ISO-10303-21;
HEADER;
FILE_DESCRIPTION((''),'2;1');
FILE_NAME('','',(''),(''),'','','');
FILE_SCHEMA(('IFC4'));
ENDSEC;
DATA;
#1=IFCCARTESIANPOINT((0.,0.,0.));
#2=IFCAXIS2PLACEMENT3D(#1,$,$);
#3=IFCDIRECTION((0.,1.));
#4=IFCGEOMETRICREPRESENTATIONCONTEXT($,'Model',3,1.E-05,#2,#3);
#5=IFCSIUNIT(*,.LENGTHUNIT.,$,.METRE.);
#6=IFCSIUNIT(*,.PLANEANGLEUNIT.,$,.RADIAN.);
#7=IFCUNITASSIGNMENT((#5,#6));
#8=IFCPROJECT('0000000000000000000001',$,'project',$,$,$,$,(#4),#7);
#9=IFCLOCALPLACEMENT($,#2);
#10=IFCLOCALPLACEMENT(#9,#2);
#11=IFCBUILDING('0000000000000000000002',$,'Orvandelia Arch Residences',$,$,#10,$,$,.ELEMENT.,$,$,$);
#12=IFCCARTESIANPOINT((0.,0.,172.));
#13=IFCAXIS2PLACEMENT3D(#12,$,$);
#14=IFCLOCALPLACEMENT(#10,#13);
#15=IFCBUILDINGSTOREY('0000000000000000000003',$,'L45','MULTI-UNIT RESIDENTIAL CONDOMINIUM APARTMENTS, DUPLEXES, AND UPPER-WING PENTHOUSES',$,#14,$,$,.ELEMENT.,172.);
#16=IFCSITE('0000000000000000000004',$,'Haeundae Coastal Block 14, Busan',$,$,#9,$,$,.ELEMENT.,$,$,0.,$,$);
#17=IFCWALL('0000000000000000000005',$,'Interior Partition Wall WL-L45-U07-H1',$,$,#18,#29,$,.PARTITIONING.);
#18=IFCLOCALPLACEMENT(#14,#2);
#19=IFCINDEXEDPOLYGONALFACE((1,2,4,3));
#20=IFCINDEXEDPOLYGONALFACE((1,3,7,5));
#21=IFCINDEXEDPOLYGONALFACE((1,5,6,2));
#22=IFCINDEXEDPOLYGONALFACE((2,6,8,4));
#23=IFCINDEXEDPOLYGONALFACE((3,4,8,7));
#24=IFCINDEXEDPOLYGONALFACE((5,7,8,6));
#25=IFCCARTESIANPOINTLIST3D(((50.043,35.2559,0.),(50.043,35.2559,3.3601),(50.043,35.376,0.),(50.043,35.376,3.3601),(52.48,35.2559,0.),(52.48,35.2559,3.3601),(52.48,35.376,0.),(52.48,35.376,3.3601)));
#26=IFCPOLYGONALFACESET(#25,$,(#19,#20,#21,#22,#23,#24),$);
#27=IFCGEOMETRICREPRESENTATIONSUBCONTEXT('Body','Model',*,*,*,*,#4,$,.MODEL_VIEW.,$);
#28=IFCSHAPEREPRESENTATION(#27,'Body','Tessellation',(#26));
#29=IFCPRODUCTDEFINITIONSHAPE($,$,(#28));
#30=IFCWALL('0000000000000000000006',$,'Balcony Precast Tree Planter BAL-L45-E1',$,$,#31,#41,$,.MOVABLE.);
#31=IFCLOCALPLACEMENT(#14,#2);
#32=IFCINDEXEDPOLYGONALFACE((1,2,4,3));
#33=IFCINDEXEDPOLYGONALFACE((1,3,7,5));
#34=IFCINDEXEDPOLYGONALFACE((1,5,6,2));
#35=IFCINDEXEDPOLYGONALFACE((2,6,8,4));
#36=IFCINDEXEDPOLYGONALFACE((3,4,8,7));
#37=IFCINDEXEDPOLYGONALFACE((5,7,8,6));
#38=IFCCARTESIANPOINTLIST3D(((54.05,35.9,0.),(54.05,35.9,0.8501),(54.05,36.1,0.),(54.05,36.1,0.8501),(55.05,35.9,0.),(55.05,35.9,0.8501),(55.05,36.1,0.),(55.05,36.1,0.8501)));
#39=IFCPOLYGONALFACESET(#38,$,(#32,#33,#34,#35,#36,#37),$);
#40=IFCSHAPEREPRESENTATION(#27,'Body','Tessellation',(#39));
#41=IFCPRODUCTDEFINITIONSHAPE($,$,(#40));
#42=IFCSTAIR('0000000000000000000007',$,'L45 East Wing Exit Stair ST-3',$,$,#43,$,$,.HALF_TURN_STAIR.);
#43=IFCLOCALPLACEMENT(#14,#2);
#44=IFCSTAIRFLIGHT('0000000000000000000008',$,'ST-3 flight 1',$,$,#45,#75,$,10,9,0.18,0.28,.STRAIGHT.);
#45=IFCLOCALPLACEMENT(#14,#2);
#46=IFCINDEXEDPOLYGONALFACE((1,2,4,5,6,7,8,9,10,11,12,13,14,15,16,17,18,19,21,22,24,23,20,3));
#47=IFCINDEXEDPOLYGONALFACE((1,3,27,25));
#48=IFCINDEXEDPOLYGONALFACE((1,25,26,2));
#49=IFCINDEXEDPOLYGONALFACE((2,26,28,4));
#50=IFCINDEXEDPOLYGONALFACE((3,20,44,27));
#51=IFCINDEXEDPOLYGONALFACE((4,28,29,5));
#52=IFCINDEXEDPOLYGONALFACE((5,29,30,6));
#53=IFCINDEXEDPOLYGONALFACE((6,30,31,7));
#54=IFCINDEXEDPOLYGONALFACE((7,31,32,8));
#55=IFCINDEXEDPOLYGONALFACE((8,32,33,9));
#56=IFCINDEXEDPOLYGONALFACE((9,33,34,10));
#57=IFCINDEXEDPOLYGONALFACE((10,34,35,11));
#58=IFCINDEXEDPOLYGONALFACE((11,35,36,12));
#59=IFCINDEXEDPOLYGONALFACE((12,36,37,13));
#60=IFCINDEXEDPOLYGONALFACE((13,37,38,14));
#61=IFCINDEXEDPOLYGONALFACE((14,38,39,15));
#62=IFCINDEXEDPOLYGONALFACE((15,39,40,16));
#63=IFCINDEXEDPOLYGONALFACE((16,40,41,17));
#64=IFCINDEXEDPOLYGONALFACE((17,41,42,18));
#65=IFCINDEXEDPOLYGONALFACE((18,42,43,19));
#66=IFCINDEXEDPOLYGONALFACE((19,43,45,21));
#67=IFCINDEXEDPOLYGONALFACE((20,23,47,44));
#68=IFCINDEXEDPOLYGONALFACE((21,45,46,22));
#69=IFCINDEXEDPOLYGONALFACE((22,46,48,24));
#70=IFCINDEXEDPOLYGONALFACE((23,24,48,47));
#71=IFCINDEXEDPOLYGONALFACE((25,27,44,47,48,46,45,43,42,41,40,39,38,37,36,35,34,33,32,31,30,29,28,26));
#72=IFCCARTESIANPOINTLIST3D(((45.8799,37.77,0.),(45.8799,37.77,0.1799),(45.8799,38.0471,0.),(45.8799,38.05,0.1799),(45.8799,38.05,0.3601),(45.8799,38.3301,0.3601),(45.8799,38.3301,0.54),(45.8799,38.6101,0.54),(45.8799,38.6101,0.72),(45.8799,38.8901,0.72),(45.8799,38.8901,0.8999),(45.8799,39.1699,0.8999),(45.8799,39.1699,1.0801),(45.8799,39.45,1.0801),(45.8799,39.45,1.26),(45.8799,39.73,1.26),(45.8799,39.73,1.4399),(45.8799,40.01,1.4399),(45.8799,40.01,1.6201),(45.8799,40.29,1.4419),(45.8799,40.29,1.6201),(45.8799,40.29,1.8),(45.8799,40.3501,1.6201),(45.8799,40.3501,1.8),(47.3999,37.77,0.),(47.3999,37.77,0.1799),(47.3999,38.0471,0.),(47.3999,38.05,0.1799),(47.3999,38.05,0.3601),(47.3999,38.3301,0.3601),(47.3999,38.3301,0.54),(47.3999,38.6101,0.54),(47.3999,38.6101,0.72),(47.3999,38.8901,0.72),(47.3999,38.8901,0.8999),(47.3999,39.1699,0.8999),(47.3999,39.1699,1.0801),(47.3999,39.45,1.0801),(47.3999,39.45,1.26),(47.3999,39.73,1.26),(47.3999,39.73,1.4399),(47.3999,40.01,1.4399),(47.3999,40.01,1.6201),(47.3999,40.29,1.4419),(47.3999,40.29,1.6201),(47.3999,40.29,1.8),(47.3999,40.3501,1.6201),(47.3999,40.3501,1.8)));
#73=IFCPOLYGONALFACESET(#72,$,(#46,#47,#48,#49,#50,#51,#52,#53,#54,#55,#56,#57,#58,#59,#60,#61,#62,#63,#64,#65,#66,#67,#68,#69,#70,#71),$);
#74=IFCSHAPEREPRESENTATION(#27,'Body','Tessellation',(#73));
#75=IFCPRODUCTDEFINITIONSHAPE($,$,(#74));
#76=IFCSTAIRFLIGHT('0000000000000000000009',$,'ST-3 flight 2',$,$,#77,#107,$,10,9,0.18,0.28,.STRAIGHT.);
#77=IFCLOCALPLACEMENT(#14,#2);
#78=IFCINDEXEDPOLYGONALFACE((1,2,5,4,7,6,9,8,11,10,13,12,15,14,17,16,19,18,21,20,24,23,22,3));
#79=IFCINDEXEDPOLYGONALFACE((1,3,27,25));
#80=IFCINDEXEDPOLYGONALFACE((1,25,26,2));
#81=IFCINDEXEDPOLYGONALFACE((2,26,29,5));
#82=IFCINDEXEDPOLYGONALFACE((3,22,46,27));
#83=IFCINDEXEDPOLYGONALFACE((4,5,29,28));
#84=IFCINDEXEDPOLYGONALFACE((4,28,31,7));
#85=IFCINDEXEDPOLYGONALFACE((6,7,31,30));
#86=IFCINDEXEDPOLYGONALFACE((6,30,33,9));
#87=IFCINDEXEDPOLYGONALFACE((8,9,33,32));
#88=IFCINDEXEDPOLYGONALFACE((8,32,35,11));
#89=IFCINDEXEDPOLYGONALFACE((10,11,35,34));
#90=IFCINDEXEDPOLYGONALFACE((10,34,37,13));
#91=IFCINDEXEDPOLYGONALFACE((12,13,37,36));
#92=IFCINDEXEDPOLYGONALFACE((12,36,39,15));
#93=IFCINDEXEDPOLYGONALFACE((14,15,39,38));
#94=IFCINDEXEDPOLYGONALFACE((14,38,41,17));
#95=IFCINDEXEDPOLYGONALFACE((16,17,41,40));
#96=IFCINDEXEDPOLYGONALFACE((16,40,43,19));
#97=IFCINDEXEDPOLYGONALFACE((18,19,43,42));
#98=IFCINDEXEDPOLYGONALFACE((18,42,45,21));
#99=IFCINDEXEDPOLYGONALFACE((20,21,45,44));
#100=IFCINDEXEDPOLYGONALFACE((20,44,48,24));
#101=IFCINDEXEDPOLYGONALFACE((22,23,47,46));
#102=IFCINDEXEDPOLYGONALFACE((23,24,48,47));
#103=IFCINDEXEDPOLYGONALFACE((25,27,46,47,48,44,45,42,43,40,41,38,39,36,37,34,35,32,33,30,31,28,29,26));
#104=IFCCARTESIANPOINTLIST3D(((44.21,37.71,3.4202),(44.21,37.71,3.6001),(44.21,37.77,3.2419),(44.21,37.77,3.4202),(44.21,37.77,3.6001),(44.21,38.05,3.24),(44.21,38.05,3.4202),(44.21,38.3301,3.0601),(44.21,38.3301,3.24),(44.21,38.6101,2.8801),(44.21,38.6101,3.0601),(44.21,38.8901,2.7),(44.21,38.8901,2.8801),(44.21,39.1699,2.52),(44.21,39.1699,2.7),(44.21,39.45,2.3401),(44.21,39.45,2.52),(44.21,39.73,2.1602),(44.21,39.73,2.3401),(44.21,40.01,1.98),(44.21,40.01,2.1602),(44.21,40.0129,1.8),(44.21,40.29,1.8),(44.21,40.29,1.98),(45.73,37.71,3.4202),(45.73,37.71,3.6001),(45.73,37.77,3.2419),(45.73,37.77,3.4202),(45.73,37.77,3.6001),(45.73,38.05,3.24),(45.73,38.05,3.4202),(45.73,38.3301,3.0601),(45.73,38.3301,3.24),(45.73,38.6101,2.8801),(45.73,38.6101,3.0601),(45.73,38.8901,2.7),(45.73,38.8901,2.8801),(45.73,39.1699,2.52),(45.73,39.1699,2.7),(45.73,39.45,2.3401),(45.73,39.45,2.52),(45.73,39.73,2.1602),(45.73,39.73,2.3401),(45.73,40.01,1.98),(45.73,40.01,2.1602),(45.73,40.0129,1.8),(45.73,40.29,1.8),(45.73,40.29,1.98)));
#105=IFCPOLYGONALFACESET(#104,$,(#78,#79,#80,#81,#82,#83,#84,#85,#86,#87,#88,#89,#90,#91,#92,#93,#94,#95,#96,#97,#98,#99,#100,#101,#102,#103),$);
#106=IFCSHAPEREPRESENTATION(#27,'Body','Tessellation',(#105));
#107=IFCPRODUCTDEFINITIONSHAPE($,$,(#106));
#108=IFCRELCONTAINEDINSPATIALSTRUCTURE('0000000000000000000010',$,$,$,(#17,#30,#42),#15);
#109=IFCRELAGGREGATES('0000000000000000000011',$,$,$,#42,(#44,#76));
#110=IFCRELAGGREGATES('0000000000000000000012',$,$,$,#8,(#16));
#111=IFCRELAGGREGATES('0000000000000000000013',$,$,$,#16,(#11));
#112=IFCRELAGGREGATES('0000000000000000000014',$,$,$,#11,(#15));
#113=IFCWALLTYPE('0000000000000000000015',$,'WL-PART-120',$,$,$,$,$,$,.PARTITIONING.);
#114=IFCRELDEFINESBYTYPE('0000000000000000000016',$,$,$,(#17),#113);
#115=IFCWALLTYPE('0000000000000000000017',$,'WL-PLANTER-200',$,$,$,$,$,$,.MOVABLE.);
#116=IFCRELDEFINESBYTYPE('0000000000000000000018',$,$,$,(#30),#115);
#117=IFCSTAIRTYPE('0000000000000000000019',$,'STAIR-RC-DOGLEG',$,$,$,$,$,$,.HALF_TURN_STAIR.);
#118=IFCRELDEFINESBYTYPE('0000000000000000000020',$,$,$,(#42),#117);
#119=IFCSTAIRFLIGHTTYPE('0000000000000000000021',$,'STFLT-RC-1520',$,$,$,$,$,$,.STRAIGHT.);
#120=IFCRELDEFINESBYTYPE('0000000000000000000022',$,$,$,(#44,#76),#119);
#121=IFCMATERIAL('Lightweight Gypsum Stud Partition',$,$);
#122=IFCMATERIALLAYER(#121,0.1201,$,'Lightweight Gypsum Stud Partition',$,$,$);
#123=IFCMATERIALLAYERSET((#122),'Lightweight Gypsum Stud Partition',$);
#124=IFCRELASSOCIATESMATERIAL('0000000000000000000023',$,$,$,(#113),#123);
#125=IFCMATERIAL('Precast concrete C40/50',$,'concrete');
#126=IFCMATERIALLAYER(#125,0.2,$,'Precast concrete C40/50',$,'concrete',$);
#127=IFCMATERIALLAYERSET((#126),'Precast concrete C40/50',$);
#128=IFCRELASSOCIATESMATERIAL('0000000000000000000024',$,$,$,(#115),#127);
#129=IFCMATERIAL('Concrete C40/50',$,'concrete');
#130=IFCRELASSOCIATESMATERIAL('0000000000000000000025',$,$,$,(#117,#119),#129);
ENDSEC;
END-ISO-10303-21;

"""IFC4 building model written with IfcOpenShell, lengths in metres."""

from ifc_helpers import new_model, si_unit, direction, frame, frame_2d, origin, place, context, subcontext, project, spatial, polyline, rectangle, outline, extrude, material, layer, layer_set, type_object, element, aggregate, save


model = new_model("IFC4")

# Units and contexts
model_context = context("Model", 3, precision=1e-05, world=origin(), true_north=direction((0.0, 1.0)))
body_context = subcontext(model_context, "Body", "Model", "MODEL_VIEW")
ifc_project = project(units=[si_unit("LENGTHUNIT", "METRE"), si_unit("PLANEANGLEUNIT", "RADIAN")], contexts=[model_context])

# Site, building, storey
site_placement = place(None, origin())
site = spatial("IfcSite", under=ifc_project, at=site_placement, Name="Haeundae Coastal Block 14, Busan", CompositionType="ELEMENT", RefElevation=0.0)
building_placement = place(site_placement, origin())
building = spatial("IfcBuilding", under=site, at=building_placement, Name="Orvandelia Arch Residences", CompositionType="ELEMENT")
storey_placement = place(building_placement, frame((0.0, 0.0, 172.0)))
storey = spatial("IfcBuildingStorey", under=building, at=storey_placement, Name="L45", Description="MULTI-UNIT RESIDENTIAL CONDOMINIUM APARTMENTS, DUPLEXES, AND UPPER-WING PENTHOUSES", CompositionType="ELEMENT", Elevation=172.0)

# Walls
ifc_material_1 = material(Name="Lightweight Gypsum Stud Partition")
ifc_layer_1 = layer(ifc_material_1, 0.1201, Name="Lightweight Gypsum Stud Partition")
ifc_layer_set_1 = layer_set([ifc_layer_1], Name="Lightweight Gypsum Stud Partition")
wall_type_1 = type_object("IfcWallType", Name="WL-PART-120", PredefinedType="PARTITIONING", material=ifc_layer_set_1)
wall_1_placement = place(storey_placement, frame((50.043, 35.3159, 0.0), z_axis=(0.0, 0.0, 1.0), x_axis=(1.0, 0.0, 0.0)))
element("IfcWall", 1, at=wall_1_placement, inside=storey, type_object=wall_type_1, Name="Interior Partition Wall WL-L45-U07-H1", PredefinedType="PARTITIONING", context=body_context, shape_type="SweptSolid", body=[
    extrude(rectangle(XDim=2.437, YDim=0.1201, at=frame_2d((1.2185, 0.0))), origin(), (0.0, 0.0, 1.0), 3.3601),
])
ifc_material_2 = material(Name="Precast concrete C40/50", Category="concrete")
ifc_layer_2 = layer(ifc_material_2, 0.2, Name="Precast concrete C40/50", Category="concrete")
ifc_layer_set_2 = layer_set([ifc_layer_2], Name="Precast concrete C40/50")
wall_type_2 = type_object("IfcWallType", Name="WL-PLANTER-200", PredefinedType="MOVABLE", material=ifc_layer_set_2)
wall_2_placement = place(storey_placement, frame((54.05, 36.0, 0.0), z_axis=(0.0, 0.0, 1.0), x_axis=(1.0, 0.0, 0.0)))
element("IfcWall", 2, at=wall_2_placement, inside=storey, type_object=wall_type_2, Name="Balcony Precast Tree Planter BAL-L45-E1", PredefinedType="MOVABLE", context=body_context, shape_type="SweptSolid", body=[
    extrude(rectangle(XDim=1.0, YDim=0.2, at=frame_2d((0.5, 0.0))), origin(), (0.0, 0.0, 1.0), 0.8501),
])

# Stair, stair flights
ifc_material_3 = material(Name="Concrete C40/50", Category="concrete")
stair_type = type_object("IfcStairType", Name="STAIR-RC-DOGLEG", PredefinedType="HALF_TURN_STAIR", material=ifc_material_3)
stair_placement = place(storey_placement, origin())
stair = element("IfcStair", 3, at=stair_placement, inside=storey, type_object=stair_type, Name="L45 East Wing Exit Stair ST-3", PredefinedType="HALF_TURN_STAIR")
stair_flight_type = type_object("IfcStairFlightType", Name="STFLT-RC-1520", PredefinedType="STRAIGHT", material=ifc_material_3)
stair_flight_1_placement = place(storey_placement, frame((46.6399, 37.77, 0.0), z_axis=(0.0, 0.0, 1.0), x_axis=(0.0, 1.0, 0.0)))
stair_flight_1 = element("IfcStairFlight", 4, at=stair_flight_1_placement, type_object=stair_flight_type, Name="ST-3 flight 1", NumberOfRisers=10, NumberOfTreads=9, PredefinedType="STRAIGHT", RiserHeight=0.18, TreadLength=0.28, context=body_context, shape_type="SweptSolid", body=[
    extrude(outline(polyline([(0.0, 0.0), (0.0, 0.1799), (0.28, 0.1799), (0.28, 0.3601), (0.5601, 0.3601), (0.5601, 0.54), (0.8401, 0.54), (0.8401, 0.72), (1.1201, 0.72), (1.1201, 0.8999), (1.3999, 0.8999), (1.3999, 1.0801), (1.6799, 1.0801), (1.6799, 1.26), (1.96, 1.26), (1.96, 1.4399), (2.24, 1.4399), (2.24, 1.6201), (2.52, 1.6201), (2.52, 1.8), (2.5801, 1.8), (2.5801, 1.6201), (2.52, 1.4419), (0.2771, 0.0), (0.0, 0.0)])), frame((0.0, 0.76, 0.0), z_axis=(0.0, -1.0, 0.0), x_axis=(1.0, 0.0, 0.0)), (0.0, 0.0, 1.0), 1.52),
])
stair_flight_2_placement = place(storey_placement, frame((44.97, 40.29, 1.8), z_axis=(0.0, 0.0, 1.0), x_axis=(0.0, -1.0, 0.0)))
stair_flight_2 = element("IfcStairFlight", 5, at=stair_flight_2_placement, type_object=stair_flight_type, Name="ST-3 flight 2", NumberOfRisers=10, NumberOfTreads=9, PredefinedType="STRAIGHT", RiserHeight=0.18, TreadLength=0.28, context=body_context, shape_type="SweptSolid", body=[
    extrude(outline(polyline([(0.0, 0.0), (0.0, 0.1799), (0.28, 0.1799), (0.28, 0.3601), (0.5601, 0.3601), (0.5601, 0.54), (0.8401, 0.54), (0.8401, 0.72), (1.1201, 0.72), (1.1201, 0.8999), (1.3999, 0.8999), (1.3999, 1.0801), (1.6799, 1.0801), (1.6799, 1.26), (1.96, 1.26), (1.96, 1.4399), (2.24, 1.4399), (2.24, 1.6201), (2.52, 1.6201), (2.52, 1.8), (2.5801, 1.8), (2.5801, 1.6201), (2.52, 1.4419), (0.2771, 0.0), (0.0, 0.0)])), frame((0.0, 0.76, 0.0), z_axis=(0.0, -1.0, 0.0), x_axis=(1.0, 0.0, 0.0)), (0.0, 0.0, 1.0), 1.52),
])
aggregate(stair, [stair_flight_1, stair_flight_2])

save(model, "model.ifc")
